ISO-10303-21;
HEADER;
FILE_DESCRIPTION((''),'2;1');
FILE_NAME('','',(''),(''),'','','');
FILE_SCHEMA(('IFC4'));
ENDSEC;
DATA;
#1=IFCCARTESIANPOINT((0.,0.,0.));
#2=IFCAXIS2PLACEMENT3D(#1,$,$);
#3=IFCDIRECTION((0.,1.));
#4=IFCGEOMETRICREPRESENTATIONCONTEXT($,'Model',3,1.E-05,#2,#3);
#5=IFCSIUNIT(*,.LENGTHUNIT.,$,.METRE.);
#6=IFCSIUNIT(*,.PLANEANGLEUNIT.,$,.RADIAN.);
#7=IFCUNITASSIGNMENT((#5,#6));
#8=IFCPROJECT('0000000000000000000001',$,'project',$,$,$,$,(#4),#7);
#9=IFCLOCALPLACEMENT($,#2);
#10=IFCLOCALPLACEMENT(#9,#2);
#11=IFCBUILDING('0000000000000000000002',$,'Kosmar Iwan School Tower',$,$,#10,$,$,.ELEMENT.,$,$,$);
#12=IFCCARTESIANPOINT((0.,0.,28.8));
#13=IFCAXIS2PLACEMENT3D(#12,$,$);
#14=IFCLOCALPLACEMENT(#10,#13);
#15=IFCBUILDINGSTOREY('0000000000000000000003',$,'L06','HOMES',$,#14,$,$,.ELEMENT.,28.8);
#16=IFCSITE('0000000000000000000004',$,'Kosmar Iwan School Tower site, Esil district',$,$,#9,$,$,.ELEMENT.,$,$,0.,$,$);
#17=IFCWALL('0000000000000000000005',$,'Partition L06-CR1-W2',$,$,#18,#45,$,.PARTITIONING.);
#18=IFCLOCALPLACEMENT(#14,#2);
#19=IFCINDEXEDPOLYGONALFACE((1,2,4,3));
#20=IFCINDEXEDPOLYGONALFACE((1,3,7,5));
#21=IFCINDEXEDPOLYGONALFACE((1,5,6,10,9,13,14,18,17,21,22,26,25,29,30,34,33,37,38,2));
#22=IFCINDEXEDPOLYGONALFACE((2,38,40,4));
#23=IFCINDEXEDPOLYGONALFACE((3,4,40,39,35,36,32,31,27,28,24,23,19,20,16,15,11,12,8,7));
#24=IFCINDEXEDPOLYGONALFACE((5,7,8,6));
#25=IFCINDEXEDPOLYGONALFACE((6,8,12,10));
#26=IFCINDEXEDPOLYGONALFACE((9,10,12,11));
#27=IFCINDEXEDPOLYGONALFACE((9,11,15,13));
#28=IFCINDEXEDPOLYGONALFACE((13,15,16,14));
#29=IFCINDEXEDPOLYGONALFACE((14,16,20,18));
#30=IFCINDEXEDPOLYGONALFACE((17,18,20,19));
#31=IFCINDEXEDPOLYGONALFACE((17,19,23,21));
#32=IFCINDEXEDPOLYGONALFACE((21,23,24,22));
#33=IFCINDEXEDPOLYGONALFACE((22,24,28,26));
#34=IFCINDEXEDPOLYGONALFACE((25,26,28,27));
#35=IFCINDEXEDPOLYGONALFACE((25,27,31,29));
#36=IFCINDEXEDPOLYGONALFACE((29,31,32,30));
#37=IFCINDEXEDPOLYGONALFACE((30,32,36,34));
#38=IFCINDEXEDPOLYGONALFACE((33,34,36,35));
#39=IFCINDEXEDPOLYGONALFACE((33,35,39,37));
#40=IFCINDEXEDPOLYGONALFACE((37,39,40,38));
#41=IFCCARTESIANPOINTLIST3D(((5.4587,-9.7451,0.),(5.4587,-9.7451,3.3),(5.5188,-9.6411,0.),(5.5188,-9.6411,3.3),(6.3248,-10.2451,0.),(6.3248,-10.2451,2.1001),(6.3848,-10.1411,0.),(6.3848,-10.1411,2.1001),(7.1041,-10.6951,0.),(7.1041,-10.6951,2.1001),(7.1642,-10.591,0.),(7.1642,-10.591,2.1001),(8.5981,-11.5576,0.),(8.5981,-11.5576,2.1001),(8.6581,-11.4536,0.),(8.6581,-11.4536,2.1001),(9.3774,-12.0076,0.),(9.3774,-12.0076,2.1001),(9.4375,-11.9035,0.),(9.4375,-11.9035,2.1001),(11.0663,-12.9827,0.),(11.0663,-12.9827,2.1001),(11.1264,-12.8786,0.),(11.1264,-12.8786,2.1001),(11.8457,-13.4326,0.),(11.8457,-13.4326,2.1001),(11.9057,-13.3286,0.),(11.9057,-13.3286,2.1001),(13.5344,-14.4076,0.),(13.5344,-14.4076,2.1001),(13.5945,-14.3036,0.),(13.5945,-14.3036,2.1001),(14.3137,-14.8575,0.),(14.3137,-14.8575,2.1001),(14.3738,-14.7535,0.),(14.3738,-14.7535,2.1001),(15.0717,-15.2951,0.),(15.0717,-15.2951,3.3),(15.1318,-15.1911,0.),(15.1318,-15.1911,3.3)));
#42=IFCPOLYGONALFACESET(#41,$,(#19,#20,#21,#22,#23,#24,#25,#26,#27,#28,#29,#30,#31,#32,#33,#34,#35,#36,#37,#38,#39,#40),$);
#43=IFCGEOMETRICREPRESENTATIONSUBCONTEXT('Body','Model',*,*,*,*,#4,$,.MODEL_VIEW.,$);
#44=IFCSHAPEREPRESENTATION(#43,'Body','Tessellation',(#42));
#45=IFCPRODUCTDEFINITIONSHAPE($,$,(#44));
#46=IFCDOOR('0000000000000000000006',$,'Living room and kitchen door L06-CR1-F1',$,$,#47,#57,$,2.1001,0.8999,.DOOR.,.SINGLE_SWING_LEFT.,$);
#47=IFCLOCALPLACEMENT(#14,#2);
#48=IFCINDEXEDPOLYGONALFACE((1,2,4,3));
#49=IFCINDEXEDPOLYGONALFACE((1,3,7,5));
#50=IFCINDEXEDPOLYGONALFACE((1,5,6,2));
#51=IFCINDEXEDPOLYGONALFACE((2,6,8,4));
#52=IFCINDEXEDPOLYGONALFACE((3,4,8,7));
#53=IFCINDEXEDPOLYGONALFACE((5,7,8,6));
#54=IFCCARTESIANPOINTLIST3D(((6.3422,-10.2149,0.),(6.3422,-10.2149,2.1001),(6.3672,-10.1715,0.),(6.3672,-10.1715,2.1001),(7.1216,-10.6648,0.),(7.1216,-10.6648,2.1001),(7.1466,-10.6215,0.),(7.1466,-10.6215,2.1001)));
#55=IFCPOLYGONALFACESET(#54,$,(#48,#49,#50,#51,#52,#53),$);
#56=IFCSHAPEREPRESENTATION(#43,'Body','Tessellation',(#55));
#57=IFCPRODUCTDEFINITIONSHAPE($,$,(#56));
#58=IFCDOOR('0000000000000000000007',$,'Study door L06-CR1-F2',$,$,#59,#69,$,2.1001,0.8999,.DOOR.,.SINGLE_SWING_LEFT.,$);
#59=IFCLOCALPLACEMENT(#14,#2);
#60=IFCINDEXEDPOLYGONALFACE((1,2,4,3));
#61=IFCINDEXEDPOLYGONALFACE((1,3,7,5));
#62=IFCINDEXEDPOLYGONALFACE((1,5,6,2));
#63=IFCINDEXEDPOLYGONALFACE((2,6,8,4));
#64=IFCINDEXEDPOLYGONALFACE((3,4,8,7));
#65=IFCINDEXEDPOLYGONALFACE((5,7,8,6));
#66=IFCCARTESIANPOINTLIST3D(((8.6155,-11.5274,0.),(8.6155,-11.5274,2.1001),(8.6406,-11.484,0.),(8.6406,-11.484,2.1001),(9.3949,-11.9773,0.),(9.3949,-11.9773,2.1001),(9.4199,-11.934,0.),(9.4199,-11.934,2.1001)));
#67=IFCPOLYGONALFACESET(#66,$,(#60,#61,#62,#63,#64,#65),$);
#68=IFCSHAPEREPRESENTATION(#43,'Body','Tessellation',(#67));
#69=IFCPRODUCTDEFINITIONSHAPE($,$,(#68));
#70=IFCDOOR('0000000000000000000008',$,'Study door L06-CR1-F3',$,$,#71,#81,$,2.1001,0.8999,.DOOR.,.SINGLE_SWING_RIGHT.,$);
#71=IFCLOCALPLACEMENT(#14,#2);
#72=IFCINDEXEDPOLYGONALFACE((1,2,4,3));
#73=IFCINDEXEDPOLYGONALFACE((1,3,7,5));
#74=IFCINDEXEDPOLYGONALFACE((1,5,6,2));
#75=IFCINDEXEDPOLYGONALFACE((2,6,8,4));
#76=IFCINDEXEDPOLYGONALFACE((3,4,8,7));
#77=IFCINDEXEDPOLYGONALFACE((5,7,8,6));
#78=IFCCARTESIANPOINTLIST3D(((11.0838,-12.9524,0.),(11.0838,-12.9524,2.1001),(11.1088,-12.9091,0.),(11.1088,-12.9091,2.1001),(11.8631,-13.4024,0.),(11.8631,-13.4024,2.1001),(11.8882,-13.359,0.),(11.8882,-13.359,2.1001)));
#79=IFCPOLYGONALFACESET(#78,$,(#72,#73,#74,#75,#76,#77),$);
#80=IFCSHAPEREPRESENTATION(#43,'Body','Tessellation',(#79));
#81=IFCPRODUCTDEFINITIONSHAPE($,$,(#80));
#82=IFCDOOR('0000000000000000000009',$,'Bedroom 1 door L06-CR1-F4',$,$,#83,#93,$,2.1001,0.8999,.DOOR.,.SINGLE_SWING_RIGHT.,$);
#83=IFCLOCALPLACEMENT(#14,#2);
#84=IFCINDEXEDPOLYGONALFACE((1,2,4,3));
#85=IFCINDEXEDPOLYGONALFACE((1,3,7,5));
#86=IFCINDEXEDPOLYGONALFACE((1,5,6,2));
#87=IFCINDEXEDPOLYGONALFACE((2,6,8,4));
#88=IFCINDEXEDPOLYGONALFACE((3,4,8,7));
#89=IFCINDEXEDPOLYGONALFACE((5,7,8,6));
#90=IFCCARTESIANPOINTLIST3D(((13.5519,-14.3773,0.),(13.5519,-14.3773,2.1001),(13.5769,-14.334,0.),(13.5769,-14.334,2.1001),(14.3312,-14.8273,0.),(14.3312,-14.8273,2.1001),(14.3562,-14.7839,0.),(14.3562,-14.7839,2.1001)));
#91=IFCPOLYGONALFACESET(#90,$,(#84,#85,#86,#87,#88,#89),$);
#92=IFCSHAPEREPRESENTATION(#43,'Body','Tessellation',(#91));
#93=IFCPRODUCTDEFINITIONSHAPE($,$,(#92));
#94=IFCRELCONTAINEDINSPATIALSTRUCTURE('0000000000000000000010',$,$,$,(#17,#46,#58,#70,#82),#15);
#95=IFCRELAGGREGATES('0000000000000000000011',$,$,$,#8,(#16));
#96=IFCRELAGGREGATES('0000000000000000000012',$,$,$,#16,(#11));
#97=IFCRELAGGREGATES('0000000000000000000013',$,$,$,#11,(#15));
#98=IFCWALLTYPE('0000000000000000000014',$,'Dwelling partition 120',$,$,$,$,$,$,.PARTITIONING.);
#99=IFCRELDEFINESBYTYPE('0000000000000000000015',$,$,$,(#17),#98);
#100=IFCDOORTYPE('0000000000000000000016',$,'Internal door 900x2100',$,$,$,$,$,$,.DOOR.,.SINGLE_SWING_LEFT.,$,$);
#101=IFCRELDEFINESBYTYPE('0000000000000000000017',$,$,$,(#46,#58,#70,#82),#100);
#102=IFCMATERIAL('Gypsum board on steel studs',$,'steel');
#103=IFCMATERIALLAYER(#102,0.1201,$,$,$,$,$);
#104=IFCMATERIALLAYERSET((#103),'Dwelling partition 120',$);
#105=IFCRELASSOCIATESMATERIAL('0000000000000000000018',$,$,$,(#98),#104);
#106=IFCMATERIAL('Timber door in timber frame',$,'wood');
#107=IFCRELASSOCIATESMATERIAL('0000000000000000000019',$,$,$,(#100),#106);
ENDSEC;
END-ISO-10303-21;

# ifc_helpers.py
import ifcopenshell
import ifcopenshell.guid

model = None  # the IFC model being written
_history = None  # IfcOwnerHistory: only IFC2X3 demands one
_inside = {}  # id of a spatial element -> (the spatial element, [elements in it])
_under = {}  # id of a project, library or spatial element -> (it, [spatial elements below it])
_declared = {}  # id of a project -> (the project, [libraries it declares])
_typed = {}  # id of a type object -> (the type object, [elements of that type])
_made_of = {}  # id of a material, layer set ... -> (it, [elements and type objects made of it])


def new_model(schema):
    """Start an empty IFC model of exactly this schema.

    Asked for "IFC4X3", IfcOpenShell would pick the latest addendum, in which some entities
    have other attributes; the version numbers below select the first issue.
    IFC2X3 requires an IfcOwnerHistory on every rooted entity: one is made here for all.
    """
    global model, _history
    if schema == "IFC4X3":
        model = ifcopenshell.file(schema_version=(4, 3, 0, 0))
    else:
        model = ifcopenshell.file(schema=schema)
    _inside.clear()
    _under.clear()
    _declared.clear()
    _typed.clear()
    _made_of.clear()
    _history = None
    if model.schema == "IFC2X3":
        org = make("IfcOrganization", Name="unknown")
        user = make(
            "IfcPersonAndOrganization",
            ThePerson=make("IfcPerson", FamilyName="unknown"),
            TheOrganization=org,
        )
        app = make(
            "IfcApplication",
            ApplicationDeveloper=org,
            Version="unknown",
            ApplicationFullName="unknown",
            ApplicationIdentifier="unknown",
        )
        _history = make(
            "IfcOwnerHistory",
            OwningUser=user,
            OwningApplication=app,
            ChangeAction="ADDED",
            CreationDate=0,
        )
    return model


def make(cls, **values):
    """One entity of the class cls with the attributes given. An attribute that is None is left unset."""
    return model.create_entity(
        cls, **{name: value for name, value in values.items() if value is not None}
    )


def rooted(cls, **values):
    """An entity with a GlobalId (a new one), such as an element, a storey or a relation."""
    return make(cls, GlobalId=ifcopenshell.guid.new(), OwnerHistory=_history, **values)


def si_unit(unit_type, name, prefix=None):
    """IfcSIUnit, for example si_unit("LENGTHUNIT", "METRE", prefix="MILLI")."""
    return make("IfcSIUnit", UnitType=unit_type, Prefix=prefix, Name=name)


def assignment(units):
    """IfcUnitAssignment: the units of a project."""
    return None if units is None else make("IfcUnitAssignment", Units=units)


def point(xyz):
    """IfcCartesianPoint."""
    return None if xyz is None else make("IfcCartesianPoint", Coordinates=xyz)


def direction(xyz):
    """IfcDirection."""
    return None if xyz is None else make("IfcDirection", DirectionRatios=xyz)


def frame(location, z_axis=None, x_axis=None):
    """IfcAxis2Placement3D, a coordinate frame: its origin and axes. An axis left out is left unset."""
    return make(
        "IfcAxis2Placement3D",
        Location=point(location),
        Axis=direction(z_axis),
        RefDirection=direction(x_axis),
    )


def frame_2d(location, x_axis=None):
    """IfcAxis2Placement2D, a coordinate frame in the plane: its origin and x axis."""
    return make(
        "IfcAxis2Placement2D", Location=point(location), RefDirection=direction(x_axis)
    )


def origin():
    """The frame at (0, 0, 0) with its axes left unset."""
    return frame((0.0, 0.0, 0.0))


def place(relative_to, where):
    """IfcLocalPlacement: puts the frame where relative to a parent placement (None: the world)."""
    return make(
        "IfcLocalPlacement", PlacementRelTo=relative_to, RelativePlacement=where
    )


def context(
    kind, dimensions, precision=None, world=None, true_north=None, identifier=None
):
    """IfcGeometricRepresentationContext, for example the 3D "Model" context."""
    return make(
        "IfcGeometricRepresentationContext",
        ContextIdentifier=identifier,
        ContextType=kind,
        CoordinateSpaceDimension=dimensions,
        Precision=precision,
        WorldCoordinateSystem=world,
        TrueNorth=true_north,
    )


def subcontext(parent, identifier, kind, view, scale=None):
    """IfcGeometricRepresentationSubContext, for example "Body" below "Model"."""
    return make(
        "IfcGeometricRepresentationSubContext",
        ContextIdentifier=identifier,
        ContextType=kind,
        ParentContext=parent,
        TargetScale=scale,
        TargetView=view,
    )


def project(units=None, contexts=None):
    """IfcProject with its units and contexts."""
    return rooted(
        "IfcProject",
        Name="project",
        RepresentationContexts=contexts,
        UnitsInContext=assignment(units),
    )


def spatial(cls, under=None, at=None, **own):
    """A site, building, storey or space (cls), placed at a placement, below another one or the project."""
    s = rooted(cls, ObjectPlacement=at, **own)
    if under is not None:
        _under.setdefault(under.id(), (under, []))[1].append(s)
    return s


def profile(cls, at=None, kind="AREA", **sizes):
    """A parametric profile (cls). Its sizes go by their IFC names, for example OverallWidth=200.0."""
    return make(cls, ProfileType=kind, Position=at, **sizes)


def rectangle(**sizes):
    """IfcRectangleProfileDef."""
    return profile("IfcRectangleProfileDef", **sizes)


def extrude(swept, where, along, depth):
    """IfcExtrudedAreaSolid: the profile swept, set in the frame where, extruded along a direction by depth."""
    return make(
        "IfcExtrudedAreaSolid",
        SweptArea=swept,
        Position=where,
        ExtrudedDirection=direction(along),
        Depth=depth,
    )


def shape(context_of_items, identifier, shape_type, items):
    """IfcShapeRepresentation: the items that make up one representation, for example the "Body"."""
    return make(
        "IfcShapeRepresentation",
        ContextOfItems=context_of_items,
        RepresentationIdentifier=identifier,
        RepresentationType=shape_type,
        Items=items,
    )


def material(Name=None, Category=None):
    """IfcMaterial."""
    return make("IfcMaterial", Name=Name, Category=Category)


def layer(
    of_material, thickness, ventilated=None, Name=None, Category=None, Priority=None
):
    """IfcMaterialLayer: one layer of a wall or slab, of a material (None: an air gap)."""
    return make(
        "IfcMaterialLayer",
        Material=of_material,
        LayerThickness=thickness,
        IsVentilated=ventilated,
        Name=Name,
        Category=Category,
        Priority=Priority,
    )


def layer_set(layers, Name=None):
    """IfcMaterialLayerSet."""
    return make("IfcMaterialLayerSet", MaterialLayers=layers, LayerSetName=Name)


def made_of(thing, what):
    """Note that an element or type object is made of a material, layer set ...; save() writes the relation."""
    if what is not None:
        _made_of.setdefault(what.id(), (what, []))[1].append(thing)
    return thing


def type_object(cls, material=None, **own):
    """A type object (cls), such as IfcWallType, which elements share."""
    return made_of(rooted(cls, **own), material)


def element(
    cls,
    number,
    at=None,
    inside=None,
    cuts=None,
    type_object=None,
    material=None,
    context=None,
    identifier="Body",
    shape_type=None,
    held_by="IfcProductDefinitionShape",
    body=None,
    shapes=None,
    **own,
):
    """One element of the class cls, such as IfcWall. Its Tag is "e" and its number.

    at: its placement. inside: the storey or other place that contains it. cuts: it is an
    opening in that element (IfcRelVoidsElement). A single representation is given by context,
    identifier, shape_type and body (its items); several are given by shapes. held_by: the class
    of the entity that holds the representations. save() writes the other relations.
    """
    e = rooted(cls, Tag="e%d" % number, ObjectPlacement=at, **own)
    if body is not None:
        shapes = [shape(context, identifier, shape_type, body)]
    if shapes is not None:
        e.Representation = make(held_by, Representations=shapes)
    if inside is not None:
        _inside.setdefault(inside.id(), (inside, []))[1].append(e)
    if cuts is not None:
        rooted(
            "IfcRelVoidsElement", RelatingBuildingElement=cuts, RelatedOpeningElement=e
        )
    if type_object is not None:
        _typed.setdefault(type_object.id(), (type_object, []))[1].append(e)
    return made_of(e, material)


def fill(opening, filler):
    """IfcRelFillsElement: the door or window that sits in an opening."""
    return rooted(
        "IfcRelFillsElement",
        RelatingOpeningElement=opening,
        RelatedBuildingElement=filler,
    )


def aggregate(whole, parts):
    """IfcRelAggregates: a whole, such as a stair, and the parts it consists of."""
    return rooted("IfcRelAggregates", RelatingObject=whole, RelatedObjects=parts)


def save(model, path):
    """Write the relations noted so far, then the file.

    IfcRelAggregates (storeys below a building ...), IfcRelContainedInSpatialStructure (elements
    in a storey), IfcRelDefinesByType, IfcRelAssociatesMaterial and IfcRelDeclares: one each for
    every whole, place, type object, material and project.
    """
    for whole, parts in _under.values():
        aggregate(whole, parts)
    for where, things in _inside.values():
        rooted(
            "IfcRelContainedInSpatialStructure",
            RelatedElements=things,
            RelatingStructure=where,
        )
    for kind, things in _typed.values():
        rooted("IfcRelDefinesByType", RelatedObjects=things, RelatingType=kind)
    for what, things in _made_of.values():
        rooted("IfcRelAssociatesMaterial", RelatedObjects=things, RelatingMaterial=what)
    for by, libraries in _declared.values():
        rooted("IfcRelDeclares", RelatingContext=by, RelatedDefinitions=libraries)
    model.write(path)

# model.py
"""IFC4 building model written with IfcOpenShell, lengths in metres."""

from ifc_helpers import new_model, si_unit, direction, frame, frame_2d, origin, place, context, subcontext, project, spatial, rectangle, extrude, material, layer, layer_set, type_object, element, fill, save


model = new_model("IFC4")

# Units and contexts
model_context = context("Model", 3, precision=1e-05, world=origin(), true_north=direction((0.0, 1.0)))
body_context = subcontext(model_context, "Body", "Model", "MODEL_VIEW")
ifc_project = project(units=[si_unit("LENGTHUNIT", "METRE"), si_unit("PLANEANGLEUNIT", "RADIAN")], contexts=[model_context])

# Site, building, storey
site_placement = place(None, origin())
site = spatial("IfcSite", under=ifc_project, at=site_placement, Name="Kosmar Iwan School Tower site, Esil district", CompositionType="ELEMENT", RefElevation=0.0)
building_placement = place(site_placement, origin())
building = spatial("IfcBuilding", under=site, at=building_placement, Name="Kosmar Iwan School Tower", CompositionType="ELEMENT")
storey_placement = place(building_placement, frame((0.0, 0.0, 28.8)))
storey = spatial("IfcBuildingStorey", under=building, at=storey_placement, Name="L06", Description="HOMES", CompositionType="ELEMENT", Elevation=28.8)

# Wall, openings, doors
ifc_material_1 = material(Name="Gypsum board on steel studs", Category="steel")
ifc_layer_1 = layer(ifc_material_1, 0.1201)
ifc_layer_set_1 = layer_set([ifc_layer_1], Name="Dwelling partition 120")
wall_type_1 = type_object("IfcWallType", Name="Dwelling partition 120", PredefinedType="PARTITIONING", material=ifc_layer_set_1)
wall_1_placement = place(storey_placement, frame((5.4888, -9.6931, 0.0), z_axis=(0.0, 0.0, 1.0), x_axis=(0.866027, -0.499997, 0.0)))
wall_1 = element("IfcWall", 1, at=wall_1_placement, inside=storey, type_object=wall_type_1, Name="Partition L06-CR1-W2", PredefinedType="PARTITIONING", context=body_context, shape_type="SweptSolid", body=[
    extrude(rectangle(XDim=11.1001, YDim=0.1201, at=frame_2d((5.55, 0.0))), origin(), (0.0, 0.0, 1.0), 3.3),
])
opening_1_placement = place(wall_1_placement, frame((1.0, 0.0, 0.0)))
opening_1 = element("IfcOpeningElement", 2, at=opening_1_placement, cuts=wall_1, PredefinedType="OPENING", context=body_context, shape_type="SweptSolid", body=[
    extrude(rectangle(XDim=0.8999, YDim=2.1001, at=frame_2d((0.45, 1.05))), frame((0.0, 0.072, 0.0), z_axis=(0.0, -1.0, 0.0), x_axis=(1.0, 0.0, 0.0)), (0.0, 0.0, 1.0), 0.144),
])
opening_2_placement = place(wall_1_placement, frame((3.625, 0.0, 0.0)))
opening_2 = element("IfcOpeningElement", 3, at=opening_2_placement, cuts=wall_1, PredefinedType="OPENING", context=body_context, shape_type="SweptSolid", body=[
    extrude(rectangle(XDim=0.8999, YDim=2.1001, at=frame_2d((0.45, 1.05))), frame((0.0, 0.072, 0.0), z_axis=(0.0, -1.0, 0.0), x_axis=(1.0, 0.0, 0.0)), (0.0, 0.0, 1.0), 0.144),
])
opening_3_placement = place(wall_1_placement, frame((6.4751, 0.0, 0.0)))
opening_3 = element("IfcOpeningElement", 4, at=opening_3_placement, cuts=wall_1, PredefinedType="OPENING", context=body_context, shape_type="SweptSolid", body=[
    extrude(rectangle(XDim=0.8999, YDim=2.1001, at=frame_2d((0.45, 1.05))), frame((0.0, 0.072, 0.0), z_axis=(0.0, -1.0, 0.0), x_axis=(1.0, 0.0, 0.0)), (0.0, 0.0, 1.0), 0.144),
])
opening_4_placement = place(wall_1_placement, frame((9.325, 0.0, 0.0)))
opening_4 = element("IfcOpeningElement", 5, at=opening_4_placement, cuts=wall_1, PredefinedType="OPENING", context=body_context, shape_type="SweptSolid", body=[
    extrude(rectangle(XDim=0.8999, YDim=2.1001, at=frame_2d((0.45, 1.05))), frame((0.0, 0.072, 0.0), z_axis=(0.0, -1.0, 0.0), x_axis=(1.0, 0.0, 0.0)), (0.0, 0.0, 1.0), 0.144),
])
ifc_material_2 = material(Name="Timber door in timber frame", Category="wood")
door_type = type_object("IfcDoorType", Name="Internal door 900x2100", OperationType="SINGLE_SWING_LEFT", PredefinedType="DOOR", material=ifc_material_2)
door_1_placement = place(opening_1_placement, origin())
door_1 = element("IfcDoor", 6, at=door_1_placement, inside=storey, type_object=door_type, Name="Living room and kitchen door L06-CR1-F1", OperationType="SINGLE_SWING_LEFT", OverallHeight=2.1001, OverallWidth=0.8999, PredefinedType="DOOR", context=body_context, shape_type="SweptSolid", body=[
    extrude(rectangle(XDim=0.8999, YDim=2.1001, at=frame_2d((0.45, 1.05))), frame((0.0, 0.0249, 0.0), z_axis=(0.0, -1.0, 0.0), x_axis=(1.0, 0.0, 0.0)), (0.0, 0.0, 1.0), 0.05),
])
fill(opening_1, door_1)
door_2_placement = place(opening_2_placement, origin())
door_2 = element("IfcDoor", 7, at=door_2_placement, inside=storey, type_object=door_type, Name="Study door L06-CR1-F2", OperationType="SINGLE_SWING_LEFT", OverallHeight=2.1001, OverallWidth=0.8999, PredefinedType="DOOR", context=body_context, shape_type="SweptSolid", body=[
    extrude(rectangle(XDim=0.8999, YDim=2.1001, at=frame_2d((0.45, 1.05))), frame((0.0, 0.0249, 0.0), z_axis=(0.0, -1.0, 0.0), x_axis=(1.0, 0.0, 0.0)), (0.0, 0.0, 1.0), 0.05),
])
fill(opening_2, door_2)
door_3_placement = place(opening_3_placement, origin())
door_3 = element("IfcDoor", 8, at=door_3_placement, inside=storey, type_object=door_type, Name="Study door L06-CR1-F3", OperationType="SINGLE_SWING_RIGHT", OverallHeight=2.1001, OverallWidth=0.8999, PredefinedType="DOOR", context=body_context, shape_type="SweptSolid", body=[
    extrude(rectangle(XDim=0.8999, YDim=2.1001, at=frame_2d((0.45, 1.05))), frame((0.0, 0.0249, 0.0), z_axis=(0.0, -1.0, 0.0), x_axis=(1.0, 0.0, 0.0)), (0.0, 0.0, 1.0), 0.05),
])
fill(opening_3, door_3)
door_4_placement = place(opening_4_placement, origin())
door_4 = element("IfcDoor", 9, at=door_4_placement, inside=storey, type_object=door_type, Name="Bedroom 1 door L06-CR1-F4", OperationType="SINGLE_SWING_RIGHT", OverallHeight=2.1001, OverallWidth=0.8999, PredefinedType="DOOR", context=body_context, shape_type="SweptSolid", body=[
    extrude(rectangle(XDim=0.8999, YDim=2.1001, at=frame_2d((0.45, 1.05))), frame((0.0, 0.0249, 0.0), z_axis=(0.0, -1.0, 0.0), x_axis=(1.0, 0.0, 0.0)), (0.0, 0.0, 1.0), 0.05),
])
fill(opening_4, door_4)

save(model, "model.ifc")
